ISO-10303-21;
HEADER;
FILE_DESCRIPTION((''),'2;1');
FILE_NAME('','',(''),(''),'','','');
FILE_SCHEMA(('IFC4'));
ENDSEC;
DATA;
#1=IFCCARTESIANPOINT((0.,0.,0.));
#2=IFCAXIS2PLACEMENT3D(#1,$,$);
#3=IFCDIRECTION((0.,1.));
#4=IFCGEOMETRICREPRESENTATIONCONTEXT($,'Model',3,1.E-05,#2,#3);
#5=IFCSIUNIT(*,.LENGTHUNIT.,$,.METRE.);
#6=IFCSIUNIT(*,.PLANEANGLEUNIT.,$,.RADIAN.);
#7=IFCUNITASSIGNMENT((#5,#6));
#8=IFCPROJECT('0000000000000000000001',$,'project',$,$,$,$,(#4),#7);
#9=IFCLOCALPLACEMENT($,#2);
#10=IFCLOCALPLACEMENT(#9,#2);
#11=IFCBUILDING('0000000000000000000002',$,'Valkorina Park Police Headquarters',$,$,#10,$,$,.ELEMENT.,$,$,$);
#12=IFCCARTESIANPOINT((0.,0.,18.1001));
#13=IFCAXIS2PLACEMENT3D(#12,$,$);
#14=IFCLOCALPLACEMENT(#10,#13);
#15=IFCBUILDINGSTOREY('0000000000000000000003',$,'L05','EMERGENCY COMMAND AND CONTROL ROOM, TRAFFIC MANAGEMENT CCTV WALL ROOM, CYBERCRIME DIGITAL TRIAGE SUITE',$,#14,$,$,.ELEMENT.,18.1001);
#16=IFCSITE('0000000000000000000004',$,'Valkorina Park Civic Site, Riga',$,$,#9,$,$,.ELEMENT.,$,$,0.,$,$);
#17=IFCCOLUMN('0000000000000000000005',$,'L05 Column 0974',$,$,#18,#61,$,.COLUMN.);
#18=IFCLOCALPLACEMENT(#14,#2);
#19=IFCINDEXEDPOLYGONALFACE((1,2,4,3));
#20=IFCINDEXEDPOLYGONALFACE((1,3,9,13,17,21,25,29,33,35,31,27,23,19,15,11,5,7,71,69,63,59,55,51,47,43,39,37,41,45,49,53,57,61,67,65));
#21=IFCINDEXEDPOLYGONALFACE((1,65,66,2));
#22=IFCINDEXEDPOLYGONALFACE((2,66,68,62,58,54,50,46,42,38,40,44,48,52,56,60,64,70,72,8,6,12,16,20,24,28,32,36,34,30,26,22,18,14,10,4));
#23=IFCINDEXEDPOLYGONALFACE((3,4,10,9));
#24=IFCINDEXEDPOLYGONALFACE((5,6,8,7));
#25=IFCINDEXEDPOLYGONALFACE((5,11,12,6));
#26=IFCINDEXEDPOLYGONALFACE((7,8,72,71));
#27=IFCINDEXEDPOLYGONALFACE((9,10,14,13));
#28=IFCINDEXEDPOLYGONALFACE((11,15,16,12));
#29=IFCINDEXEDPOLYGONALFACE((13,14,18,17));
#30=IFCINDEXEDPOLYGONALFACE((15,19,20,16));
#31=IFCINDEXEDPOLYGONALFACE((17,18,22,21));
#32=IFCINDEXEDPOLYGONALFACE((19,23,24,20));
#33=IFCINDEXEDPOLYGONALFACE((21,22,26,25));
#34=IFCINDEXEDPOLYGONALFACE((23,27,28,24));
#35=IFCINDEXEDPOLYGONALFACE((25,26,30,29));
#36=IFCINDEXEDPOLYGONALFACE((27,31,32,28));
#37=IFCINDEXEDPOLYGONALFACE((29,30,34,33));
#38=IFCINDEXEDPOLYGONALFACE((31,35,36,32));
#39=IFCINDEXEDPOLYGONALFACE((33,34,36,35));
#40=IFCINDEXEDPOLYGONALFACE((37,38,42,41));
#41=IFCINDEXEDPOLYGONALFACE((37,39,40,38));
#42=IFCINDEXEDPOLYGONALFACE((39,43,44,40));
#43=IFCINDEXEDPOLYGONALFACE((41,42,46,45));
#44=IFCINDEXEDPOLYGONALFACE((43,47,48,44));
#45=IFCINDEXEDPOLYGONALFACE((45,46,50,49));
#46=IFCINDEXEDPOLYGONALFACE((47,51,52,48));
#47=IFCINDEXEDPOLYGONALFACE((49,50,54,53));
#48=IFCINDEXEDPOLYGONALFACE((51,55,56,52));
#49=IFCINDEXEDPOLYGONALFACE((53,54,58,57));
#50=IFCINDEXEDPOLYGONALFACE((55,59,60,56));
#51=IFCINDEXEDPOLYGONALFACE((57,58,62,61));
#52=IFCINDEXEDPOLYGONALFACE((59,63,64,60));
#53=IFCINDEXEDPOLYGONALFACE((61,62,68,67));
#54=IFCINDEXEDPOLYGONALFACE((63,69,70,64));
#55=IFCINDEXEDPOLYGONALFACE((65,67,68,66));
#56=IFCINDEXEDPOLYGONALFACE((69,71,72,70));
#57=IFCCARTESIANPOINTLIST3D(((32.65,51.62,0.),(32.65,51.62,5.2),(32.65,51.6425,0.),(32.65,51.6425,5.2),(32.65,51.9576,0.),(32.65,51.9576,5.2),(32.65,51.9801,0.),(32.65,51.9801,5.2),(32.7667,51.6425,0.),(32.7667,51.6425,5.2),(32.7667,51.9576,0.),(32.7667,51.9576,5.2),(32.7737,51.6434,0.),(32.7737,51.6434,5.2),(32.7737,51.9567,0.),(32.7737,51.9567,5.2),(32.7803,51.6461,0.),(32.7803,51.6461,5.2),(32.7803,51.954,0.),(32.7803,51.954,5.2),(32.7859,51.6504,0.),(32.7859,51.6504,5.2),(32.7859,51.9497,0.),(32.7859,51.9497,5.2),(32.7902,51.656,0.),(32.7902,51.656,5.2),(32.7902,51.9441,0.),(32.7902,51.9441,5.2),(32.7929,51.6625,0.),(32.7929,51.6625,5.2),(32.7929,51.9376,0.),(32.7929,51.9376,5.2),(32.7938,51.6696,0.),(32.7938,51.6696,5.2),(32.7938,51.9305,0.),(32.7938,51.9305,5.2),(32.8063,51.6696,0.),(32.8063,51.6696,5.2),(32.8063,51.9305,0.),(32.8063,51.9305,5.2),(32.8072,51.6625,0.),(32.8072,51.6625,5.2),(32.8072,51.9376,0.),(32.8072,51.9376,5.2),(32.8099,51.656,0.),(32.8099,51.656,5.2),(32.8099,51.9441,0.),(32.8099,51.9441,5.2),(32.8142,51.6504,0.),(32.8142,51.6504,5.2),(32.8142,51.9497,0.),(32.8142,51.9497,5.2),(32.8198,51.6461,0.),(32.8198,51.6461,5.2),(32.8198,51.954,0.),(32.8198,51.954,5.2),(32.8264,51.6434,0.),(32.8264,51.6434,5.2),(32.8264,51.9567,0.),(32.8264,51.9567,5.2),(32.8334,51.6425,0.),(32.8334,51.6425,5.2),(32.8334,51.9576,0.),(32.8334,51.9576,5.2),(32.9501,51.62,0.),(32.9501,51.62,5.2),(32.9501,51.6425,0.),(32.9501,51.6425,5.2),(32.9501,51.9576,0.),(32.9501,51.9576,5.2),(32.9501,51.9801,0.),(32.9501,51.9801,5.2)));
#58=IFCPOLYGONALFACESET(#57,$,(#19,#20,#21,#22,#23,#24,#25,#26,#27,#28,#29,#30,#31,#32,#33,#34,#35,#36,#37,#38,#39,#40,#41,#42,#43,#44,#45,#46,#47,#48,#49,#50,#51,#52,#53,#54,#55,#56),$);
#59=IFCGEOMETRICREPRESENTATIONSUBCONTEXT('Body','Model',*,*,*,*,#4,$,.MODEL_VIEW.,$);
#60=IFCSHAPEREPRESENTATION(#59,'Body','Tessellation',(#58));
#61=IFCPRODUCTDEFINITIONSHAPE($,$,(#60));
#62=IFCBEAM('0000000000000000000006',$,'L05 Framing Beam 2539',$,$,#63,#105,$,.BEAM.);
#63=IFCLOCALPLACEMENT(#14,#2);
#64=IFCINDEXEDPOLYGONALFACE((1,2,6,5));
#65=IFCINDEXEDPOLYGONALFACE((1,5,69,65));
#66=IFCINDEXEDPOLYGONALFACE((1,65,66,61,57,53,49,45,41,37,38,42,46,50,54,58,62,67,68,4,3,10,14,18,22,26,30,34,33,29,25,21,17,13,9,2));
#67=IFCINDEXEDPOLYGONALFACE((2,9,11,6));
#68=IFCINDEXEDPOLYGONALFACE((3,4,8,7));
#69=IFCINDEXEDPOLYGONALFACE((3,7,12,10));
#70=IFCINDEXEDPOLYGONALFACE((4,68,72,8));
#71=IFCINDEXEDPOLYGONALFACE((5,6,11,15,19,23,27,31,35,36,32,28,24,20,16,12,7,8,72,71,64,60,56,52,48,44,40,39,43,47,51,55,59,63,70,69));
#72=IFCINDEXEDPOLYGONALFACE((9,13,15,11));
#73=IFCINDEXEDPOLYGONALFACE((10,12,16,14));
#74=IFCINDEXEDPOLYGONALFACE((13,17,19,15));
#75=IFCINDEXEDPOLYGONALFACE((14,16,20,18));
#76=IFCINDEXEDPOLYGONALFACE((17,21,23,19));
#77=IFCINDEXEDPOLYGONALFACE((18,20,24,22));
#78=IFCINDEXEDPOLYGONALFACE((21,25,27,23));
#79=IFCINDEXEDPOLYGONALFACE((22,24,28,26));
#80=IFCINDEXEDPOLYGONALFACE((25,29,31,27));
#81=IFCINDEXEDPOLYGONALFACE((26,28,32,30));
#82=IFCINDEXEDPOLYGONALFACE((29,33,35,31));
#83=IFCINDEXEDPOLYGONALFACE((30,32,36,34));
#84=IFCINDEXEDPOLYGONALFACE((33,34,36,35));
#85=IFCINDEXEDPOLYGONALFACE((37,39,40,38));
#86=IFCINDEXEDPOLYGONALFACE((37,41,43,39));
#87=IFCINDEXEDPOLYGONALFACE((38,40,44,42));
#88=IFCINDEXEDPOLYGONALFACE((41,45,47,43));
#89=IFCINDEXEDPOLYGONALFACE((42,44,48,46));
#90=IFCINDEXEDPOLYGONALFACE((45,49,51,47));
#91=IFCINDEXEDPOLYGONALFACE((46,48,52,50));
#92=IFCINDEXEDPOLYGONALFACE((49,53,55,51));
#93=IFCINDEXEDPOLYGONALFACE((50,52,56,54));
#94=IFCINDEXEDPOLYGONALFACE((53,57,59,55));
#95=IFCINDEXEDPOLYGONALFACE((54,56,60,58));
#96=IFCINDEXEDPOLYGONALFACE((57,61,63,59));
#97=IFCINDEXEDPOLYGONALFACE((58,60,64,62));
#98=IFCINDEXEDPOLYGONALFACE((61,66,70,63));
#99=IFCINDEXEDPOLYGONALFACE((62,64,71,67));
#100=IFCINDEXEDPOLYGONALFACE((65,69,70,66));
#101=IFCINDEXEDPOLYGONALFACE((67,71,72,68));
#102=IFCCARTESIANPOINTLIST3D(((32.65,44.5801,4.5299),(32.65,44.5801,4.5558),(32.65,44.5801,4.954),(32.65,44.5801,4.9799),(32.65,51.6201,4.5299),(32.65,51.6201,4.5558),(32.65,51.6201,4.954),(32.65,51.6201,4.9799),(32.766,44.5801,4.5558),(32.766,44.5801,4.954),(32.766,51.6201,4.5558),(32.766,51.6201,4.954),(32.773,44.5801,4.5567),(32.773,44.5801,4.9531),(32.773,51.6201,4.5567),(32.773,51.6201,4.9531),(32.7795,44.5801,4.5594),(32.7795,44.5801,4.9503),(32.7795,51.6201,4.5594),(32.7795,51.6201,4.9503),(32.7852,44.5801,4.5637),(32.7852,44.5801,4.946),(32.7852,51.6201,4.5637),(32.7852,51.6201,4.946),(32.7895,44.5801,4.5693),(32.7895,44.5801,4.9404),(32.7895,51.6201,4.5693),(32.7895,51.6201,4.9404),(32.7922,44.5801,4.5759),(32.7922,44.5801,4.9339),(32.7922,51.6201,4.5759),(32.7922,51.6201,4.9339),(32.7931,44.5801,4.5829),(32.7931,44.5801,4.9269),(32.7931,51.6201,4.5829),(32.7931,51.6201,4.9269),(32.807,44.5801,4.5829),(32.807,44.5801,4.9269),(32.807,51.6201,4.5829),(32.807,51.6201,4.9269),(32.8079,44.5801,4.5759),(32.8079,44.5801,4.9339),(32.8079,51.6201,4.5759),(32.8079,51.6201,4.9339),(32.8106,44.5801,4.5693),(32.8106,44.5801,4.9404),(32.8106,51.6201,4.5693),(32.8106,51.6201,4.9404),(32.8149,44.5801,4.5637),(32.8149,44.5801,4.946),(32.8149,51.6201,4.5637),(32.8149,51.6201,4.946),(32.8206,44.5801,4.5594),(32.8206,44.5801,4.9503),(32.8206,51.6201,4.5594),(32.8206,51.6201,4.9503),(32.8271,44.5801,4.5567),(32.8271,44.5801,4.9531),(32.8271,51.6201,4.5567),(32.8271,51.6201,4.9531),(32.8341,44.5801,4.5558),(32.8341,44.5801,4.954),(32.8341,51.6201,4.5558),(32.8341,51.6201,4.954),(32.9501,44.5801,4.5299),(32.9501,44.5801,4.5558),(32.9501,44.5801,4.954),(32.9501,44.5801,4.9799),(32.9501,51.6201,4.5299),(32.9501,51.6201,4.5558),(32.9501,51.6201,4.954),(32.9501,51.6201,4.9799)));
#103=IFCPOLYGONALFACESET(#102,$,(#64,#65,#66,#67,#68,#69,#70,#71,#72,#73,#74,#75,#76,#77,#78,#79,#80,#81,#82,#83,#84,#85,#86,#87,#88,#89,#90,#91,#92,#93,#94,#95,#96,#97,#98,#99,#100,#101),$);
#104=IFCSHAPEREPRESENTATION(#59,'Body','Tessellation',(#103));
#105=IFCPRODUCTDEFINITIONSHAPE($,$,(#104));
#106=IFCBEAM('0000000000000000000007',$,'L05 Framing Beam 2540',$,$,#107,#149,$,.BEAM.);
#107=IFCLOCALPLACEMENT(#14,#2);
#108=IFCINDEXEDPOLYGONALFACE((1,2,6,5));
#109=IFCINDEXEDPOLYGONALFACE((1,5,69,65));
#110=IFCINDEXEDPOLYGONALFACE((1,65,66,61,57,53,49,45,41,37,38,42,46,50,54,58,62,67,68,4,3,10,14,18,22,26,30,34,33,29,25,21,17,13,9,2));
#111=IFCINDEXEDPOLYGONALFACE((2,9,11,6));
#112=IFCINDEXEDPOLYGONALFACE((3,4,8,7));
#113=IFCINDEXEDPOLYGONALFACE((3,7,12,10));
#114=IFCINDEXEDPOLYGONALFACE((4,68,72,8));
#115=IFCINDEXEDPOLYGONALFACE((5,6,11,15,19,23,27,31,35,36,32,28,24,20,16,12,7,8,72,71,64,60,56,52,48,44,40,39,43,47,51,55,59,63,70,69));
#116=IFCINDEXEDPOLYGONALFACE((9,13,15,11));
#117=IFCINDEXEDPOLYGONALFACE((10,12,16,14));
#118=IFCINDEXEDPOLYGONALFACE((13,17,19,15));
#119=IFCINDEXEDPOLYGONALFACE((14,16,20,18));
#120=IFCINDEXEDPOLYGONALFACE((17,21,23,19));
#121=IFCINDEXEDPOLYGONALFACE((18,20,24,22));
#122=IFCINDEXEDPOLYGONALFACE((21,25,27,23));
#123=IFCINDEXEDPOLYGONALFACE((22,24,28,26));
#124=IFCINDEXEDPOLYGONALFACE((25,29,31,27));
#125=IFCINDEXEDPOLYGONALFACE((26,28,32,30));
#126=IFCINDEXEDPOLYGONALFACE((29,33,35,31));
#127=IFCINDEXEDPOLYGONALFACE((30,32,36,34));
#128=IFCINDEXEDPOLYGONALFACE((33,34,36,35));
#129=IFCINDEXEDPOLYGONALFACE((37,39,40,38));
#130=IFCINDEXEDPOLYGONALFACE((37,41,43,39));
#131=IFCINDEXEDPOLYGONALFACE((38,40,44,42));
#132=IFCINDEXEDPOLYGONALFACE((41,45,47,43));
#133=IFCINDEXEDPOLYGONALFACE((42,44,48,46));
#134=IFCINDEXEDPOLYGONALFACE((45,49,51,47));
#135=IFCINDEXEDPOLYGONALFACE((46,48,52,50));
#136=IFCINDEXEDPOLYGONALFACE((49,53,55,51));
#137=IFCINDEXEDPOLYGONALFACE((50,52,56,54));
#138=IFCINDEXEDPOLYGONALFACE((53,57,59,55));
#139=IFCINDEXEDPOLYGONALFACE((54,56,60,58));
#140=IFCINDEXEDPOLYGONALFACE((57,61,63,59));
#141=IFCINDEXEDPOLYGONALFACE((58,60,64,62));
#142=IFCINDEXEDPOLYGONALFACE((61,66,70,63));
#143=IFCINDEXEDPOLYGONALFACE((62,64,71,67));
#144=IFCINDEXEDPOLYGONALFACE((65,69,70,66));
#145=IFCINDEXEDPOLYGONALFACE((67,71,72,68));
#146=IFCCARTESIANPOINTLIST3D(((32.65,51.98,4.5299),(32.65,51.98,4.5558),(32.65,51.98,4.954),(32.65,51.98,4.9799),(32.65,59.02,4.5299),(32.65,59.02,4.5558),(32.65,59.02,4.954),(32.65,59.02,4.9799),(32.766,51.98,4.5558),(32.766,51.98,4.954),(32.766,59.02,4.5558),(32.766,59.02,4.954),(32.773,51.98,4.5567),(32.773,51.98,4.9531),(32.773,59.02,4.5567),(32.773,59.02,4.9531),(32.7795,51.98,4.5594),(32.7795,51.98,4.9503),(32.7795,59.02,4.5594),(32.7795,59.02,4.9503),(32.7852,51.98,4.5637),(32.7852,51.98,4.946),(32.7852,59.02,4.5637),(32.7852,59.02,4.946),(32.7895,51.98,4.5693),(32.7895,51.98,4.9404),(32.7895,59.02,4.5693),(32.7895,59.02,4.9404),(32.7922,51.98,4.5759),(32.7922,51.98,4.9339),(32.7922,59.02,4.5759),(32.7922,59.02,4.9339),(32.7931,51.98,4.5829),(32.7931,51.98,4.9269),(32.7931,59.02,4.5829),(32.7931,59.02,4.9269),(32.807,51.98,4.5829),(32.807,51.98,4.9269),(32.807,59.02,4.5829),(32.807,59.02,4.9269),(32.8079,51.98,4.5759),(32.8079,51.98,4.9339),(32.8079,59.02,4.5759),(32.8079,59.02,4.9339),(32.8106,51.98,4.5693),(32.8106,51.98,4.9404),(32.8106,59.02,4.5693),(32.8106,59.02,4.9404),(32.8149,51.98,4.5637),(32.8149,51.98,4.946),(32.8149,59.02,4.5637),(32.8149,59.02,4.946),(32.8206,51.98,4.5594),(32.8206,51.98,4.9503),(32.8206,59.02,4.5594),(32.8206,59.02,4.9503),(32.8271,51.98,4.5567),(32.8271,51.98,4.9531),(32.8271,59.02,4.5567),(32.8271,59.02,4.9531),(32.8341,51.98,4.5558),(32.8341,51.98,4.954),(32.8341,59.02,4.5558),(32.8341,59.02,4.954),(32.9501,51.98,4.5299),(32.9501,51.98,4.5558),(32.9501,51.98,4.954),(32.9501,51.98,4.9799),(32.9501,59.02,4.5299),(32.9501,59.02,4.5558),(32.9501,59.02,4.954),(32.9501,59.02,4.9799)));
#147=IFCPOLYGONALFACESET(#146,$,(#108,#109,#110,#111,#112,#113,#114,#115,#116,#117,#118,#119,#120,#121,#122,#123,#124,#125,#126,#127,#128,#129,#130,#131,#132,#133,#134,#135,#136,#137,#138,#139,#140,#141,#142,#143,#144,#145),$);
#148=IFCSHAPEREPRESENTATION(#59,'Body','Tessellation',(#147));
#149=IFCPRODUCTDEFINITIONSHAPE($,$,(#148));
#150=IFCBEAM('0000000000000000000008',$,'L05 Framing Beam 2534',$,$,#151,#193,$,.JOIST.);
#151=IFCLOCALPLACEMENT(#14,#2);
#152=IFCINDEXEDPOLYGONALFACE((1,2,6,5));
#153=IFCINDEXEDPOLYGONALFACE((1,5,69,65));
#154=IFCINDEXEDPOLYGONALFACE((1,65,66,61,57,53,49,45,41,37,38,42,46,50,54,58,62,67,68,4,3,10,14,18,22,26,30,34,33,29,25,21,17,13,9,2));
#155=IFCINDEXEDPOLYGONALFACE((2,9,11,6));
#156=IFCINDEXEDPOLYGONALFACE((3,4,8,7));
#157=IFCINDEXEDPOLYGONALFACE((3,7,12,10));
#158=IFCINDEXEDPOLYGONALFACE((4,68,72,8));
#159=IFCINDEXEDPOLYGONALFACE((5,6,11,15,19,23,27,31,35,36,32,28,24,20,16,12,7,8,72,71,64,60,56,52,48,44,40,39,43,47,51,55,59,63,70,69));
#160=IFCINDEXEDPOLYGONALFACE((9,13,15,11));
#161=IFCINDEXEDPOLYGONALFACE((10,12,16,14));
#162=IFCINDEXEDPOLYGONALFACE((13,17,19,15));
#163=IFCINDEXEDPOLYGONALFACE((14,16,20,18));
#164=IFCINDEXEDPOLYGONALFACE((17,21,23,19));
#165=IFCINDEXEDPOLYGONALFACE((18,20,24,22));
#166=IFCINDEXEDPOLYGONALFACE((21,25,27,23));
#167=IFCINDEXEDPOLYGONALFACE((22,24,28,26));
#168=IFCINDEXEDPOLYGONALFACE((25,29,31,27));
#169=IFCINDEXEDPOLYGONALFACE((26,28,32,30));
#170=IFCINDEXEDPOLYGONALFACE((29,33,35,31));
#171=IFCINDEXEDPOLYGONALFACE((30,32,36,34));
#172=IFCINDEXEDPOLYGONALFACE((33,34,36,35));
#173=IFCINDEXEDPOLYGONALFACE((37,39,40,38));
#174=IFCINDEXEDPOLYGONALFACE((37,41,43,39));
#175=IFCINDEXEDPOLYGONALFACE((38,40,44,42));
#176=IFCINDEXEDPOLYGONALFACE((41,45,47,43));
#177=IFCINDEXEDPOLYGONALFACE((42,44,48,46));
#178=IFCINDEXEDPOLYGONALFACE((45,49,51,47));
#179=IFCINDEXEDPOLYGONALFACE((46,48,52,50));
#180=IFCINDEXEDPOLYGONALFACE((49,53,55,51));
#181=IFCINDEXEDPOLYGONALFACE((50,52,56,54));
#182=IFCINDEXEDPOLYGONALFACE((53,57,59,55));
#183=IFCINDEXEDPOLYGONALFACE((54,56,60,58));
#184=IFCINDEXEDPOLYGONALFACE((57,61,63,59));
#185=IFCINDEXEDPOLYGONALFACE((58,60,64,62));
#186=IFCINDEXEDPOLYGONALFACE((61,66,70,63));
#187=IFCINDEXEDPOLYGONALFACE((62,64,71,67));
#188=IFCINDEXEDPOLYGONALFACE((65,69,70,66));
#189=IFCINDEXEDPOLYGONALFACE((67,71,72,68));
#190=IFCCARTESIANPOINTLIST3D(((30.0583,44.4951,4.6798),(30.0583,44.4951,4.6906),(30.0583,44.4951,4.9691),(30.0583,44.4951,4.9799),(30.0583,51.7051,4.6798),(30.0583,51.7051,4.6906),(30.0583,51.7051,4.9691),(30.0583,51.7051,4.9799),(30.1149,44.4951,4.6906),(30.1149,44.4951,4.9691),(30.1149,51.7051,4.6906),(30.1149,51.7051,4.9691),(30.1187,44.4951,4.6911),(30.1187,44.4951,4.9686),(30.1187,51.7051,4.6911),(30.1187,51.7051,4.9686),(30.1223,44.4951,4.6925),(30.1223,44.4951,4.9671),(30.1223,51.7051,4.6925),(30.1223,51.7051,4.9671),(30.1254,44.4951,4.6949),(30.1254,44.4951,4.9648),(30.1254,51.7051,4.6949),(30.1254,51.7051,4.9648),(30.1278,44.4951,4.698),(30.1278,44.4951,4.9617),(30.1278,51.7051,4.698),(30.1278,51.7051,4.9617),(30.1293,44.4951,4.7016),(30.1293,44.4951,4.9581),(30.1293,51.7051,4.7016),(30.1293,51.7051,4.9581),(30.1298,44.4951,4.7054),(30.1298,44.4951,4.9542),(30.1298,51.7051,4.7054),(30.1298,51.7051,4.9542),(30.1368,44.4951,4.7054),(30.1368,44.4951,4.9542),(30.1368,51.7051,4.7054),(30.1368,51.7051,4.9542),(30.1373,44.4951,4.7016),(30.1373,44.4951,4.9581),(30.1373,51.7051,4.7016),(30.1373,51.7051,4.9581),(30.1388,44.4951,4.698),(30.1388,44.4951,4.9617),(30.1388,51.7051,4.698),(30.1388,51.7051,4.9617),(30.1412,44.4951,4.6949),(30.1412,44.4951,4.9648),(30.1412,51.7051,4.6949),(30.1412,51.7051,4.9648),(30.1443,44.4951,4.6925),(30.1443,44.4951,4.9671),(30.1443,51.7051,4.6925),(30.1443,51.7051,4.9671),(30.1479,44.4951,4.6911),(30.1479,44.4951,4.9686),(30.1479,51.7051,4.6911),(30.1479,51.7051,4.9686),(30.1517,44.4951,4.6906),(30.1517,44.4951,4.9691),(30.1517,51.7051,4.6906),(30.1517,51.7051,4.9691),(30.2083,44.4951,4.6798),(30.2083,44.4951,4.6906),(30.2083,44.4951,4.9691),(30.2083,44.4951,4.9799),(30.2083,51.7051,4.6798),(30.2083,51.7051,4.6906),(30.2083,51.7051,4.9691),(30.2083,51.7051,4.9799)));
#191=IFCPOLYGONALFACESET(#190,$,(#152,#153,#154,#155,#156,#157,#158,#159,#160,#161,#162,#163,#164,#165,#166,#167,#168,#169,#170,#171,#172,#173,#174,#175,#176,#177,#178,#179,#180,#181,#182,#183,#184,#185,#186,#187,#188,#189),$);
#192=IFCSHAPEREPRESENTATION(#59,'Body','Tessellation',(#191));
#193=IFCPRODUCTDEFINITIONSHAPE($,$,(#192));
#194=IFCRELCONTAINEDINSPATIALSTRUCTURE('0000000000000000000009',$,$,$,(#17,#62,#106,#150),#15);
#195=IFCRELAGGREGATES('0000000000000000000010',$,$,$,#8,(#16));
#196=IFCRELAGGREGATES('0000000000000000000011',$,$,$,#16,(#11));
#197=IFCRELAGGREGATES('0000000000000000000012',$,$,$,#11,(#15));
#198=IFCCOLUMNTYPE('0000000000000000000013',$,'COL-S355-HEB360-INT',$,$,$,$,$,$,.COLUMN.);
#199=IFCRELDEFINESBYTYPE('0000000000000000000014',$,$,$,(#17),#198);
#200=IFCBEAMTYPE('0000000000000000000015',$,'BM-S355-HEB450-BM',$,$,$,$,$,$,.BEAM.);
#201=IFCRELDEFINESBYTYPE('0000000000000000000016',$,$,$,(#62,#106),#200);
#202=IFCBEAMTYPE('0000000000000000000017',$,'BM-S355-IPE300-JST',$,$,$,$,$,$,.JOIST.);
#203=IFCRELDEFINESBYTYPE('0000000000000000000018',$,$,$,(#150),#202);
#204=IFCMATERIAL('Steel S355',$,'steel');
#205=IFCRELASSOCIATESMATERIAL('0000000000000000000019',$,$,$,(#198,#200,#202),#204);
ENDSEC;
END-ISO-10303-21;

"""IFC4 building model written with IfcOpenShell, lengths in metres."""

from ifc_helpers import new_model, si_unit, direction, frame, origin, origin_2d, place, context, subcontext, project, spatial, i_section, extrude, material, material_profile, profile_set, type_object, element, save


model = new_model("IFC4")

# Units and contexts
model_context = context("Model", 3, precision=1e-05, world=origin(), true_north=direction((0.0, 1.0)))
body_context = subcontext(model_context, "Body", "Model", "MODEL_VIEW")
ifc_project = project(units=[si_unit("LENGTHUNIT", "METRE"), si_unit("PLANEANGLEUNIT", "RADIAN")], contexts=[model_context])

# Site, building, storey
site_placement = place(None, origin())
site = spatial("IfcSite", under=ifc_project, at=site_placement, Name="Valkorina Park Civic Site, Riga", CompositionType="ELEMENT", RefElevation=0.0)
building_placement = place(site_placement, origin())
building = spatial("IfcBuilding", under=site, at=building_placement, Name="Valkorina Park Police Headquarters", CompositionType="ELEMENT")
storey_placement = place(building_placement, frame((0.0, 0.0, 18.1001)))
storey = spatial("IfcBuildingStorey", under=building, at=storey_placement, Name="L05", Description="EMERGENCY COMMAND AND CONTROL ROOM, TRAFFIC MANAGEMENT CCTV WALL ROOM, CYBERCRIME DIGITAL TRIAGE SUITE", CompositionType="ELEMENT", Elevation=18.1001)

# Column
ifc_material_1 = material(Name="Steel S355", Category="steel")
ifc_material_profile_1 = material_profile(ifc_material_1, i_section(OverallWidth=0.3, OverallDepth=0.3601, WebThickness=0.0125, FlangeThickness=0.0225, FilletRadius=0.0271, at=origin_2d()), Name="HEB 360")
ifc_profile_set_1 = profile_set([ifc_material_profile_1], Name="Steel S355")
column_type = type_object("IfcColumnType", Name="COL-S355-HEB360-INT", PredefinedType="COLUMN", material=ifc_profile_set_1)
column_placement = place(storey_placement, frame((32.8, 51.8, 0.0), z_axis=(0.0, 0.0, 1.0), x_axis=(1.0, 0.0, 0.0)))
element("IfcColumn", 1, at=column_placement, inside=storey, type_object=column_type, Name="L05 Column 0974", PredefinedType="COLUMN", context=body_context, shape_type="SweptSolid", body=[
    extrude(i_section(OverallWidth=0.3, OverallDepth=0.3601, WebThickness=0.0125, FlangeThickness=0.0225, FilletRadius=0.0271, at=origin_2d()), origin(), (0.0, 0.0, 1.0), 5.2),
])

# Beams
ifc_material_profile_2 = material_profile(ifc_material_1, i_section(OverallWidth=0.3, OverallDepth=0.45, WebThickness=0.0139, FlangeThickness=0.0259, FilletRadius=0.0271, at=origin_2d()), Name="HEB 450")
ifc_profile_set_2 = profile_set([ifc_material_profile_2], Name="Steel S355")
beam_type_1 = type_object("IfcBeamType", Name="BM-S355-HEB450-BM", PredefinedType="BEAM", material=ifc_profile_set_2)
for number, where, z_axis, x_axis, name in (
    (2, (32.8, 44.5801, 4.7549), (0.0, 1.0, 0.0), (-1.0, 0.0, 0.0), "L05 Framing Beam 2539"),
    (3, (32.8, 51.98, 4.7549), (0.0, 1.0, 0.0), (-1.0, 0.0, 0.0), "L05 Framing Beam 2540"),
):
    element("IfcBeam", number, at=place(storey_placement, frame(where, z_axis=z_axis, x_axis=x_axis)), inside=storey, type_object=beam_type_1, Name=name, PredefinedType="BEAM", context=body_context, shape_type="SweptSolid", body=[
        extrude(i_section(OverallWidth=0.3, OverallDepth=0.45, WebThickness=0.0139, FlangeThickness=0.0259, FilletRadius=0.0271, at=origin_2d()), origin(), (0.0, 0.0, 1.0), 7.04),
    ])
ifc_material_profile_3 = material_profile(ifc_material_1, i_section(OverallWidth=0.1499, OverallDepth=0.3, WebThickness=0.0071, FlangeThickness=0.0107, FilletRadius=0.0149, at=origin_2d()), Name="IPE 300")
ifc_profile_set_3 = profile_set([ifc_material_profile_3], Name="Steel S355")
beam_type_2 = type_object("IfcBeamType", Name="BM-S355-IPE300-JST", PredefinedType="JOIST", material=ifc_profile_set_3)
beam_1_placement = place(storey_placement, frame((30.1333, 44.4951, 4.8298), z_axis=(0.0, 1.0, 0.0), x_axis=(-1.0, 0.0, 0.0)))
element("IfcBeam", 4, at=beam_1_placement, inside=storey, type_object=beam_type_2, Name="L05 Framing Beam 2534", PredefinedType="JOIST", context=body_context, shape_type="SweptSolid", body=[
    extrude(i_section(OverallWidth=0.1499, OverallDepth=0.3, WebThickness=0.0071, FlangeThickness=0.0107, FilletRadius=0.0149, at=origin_2d()), origin(), (0.0, 0.0, 1.0), 7.21),
])

save(model, "model.ifc")
